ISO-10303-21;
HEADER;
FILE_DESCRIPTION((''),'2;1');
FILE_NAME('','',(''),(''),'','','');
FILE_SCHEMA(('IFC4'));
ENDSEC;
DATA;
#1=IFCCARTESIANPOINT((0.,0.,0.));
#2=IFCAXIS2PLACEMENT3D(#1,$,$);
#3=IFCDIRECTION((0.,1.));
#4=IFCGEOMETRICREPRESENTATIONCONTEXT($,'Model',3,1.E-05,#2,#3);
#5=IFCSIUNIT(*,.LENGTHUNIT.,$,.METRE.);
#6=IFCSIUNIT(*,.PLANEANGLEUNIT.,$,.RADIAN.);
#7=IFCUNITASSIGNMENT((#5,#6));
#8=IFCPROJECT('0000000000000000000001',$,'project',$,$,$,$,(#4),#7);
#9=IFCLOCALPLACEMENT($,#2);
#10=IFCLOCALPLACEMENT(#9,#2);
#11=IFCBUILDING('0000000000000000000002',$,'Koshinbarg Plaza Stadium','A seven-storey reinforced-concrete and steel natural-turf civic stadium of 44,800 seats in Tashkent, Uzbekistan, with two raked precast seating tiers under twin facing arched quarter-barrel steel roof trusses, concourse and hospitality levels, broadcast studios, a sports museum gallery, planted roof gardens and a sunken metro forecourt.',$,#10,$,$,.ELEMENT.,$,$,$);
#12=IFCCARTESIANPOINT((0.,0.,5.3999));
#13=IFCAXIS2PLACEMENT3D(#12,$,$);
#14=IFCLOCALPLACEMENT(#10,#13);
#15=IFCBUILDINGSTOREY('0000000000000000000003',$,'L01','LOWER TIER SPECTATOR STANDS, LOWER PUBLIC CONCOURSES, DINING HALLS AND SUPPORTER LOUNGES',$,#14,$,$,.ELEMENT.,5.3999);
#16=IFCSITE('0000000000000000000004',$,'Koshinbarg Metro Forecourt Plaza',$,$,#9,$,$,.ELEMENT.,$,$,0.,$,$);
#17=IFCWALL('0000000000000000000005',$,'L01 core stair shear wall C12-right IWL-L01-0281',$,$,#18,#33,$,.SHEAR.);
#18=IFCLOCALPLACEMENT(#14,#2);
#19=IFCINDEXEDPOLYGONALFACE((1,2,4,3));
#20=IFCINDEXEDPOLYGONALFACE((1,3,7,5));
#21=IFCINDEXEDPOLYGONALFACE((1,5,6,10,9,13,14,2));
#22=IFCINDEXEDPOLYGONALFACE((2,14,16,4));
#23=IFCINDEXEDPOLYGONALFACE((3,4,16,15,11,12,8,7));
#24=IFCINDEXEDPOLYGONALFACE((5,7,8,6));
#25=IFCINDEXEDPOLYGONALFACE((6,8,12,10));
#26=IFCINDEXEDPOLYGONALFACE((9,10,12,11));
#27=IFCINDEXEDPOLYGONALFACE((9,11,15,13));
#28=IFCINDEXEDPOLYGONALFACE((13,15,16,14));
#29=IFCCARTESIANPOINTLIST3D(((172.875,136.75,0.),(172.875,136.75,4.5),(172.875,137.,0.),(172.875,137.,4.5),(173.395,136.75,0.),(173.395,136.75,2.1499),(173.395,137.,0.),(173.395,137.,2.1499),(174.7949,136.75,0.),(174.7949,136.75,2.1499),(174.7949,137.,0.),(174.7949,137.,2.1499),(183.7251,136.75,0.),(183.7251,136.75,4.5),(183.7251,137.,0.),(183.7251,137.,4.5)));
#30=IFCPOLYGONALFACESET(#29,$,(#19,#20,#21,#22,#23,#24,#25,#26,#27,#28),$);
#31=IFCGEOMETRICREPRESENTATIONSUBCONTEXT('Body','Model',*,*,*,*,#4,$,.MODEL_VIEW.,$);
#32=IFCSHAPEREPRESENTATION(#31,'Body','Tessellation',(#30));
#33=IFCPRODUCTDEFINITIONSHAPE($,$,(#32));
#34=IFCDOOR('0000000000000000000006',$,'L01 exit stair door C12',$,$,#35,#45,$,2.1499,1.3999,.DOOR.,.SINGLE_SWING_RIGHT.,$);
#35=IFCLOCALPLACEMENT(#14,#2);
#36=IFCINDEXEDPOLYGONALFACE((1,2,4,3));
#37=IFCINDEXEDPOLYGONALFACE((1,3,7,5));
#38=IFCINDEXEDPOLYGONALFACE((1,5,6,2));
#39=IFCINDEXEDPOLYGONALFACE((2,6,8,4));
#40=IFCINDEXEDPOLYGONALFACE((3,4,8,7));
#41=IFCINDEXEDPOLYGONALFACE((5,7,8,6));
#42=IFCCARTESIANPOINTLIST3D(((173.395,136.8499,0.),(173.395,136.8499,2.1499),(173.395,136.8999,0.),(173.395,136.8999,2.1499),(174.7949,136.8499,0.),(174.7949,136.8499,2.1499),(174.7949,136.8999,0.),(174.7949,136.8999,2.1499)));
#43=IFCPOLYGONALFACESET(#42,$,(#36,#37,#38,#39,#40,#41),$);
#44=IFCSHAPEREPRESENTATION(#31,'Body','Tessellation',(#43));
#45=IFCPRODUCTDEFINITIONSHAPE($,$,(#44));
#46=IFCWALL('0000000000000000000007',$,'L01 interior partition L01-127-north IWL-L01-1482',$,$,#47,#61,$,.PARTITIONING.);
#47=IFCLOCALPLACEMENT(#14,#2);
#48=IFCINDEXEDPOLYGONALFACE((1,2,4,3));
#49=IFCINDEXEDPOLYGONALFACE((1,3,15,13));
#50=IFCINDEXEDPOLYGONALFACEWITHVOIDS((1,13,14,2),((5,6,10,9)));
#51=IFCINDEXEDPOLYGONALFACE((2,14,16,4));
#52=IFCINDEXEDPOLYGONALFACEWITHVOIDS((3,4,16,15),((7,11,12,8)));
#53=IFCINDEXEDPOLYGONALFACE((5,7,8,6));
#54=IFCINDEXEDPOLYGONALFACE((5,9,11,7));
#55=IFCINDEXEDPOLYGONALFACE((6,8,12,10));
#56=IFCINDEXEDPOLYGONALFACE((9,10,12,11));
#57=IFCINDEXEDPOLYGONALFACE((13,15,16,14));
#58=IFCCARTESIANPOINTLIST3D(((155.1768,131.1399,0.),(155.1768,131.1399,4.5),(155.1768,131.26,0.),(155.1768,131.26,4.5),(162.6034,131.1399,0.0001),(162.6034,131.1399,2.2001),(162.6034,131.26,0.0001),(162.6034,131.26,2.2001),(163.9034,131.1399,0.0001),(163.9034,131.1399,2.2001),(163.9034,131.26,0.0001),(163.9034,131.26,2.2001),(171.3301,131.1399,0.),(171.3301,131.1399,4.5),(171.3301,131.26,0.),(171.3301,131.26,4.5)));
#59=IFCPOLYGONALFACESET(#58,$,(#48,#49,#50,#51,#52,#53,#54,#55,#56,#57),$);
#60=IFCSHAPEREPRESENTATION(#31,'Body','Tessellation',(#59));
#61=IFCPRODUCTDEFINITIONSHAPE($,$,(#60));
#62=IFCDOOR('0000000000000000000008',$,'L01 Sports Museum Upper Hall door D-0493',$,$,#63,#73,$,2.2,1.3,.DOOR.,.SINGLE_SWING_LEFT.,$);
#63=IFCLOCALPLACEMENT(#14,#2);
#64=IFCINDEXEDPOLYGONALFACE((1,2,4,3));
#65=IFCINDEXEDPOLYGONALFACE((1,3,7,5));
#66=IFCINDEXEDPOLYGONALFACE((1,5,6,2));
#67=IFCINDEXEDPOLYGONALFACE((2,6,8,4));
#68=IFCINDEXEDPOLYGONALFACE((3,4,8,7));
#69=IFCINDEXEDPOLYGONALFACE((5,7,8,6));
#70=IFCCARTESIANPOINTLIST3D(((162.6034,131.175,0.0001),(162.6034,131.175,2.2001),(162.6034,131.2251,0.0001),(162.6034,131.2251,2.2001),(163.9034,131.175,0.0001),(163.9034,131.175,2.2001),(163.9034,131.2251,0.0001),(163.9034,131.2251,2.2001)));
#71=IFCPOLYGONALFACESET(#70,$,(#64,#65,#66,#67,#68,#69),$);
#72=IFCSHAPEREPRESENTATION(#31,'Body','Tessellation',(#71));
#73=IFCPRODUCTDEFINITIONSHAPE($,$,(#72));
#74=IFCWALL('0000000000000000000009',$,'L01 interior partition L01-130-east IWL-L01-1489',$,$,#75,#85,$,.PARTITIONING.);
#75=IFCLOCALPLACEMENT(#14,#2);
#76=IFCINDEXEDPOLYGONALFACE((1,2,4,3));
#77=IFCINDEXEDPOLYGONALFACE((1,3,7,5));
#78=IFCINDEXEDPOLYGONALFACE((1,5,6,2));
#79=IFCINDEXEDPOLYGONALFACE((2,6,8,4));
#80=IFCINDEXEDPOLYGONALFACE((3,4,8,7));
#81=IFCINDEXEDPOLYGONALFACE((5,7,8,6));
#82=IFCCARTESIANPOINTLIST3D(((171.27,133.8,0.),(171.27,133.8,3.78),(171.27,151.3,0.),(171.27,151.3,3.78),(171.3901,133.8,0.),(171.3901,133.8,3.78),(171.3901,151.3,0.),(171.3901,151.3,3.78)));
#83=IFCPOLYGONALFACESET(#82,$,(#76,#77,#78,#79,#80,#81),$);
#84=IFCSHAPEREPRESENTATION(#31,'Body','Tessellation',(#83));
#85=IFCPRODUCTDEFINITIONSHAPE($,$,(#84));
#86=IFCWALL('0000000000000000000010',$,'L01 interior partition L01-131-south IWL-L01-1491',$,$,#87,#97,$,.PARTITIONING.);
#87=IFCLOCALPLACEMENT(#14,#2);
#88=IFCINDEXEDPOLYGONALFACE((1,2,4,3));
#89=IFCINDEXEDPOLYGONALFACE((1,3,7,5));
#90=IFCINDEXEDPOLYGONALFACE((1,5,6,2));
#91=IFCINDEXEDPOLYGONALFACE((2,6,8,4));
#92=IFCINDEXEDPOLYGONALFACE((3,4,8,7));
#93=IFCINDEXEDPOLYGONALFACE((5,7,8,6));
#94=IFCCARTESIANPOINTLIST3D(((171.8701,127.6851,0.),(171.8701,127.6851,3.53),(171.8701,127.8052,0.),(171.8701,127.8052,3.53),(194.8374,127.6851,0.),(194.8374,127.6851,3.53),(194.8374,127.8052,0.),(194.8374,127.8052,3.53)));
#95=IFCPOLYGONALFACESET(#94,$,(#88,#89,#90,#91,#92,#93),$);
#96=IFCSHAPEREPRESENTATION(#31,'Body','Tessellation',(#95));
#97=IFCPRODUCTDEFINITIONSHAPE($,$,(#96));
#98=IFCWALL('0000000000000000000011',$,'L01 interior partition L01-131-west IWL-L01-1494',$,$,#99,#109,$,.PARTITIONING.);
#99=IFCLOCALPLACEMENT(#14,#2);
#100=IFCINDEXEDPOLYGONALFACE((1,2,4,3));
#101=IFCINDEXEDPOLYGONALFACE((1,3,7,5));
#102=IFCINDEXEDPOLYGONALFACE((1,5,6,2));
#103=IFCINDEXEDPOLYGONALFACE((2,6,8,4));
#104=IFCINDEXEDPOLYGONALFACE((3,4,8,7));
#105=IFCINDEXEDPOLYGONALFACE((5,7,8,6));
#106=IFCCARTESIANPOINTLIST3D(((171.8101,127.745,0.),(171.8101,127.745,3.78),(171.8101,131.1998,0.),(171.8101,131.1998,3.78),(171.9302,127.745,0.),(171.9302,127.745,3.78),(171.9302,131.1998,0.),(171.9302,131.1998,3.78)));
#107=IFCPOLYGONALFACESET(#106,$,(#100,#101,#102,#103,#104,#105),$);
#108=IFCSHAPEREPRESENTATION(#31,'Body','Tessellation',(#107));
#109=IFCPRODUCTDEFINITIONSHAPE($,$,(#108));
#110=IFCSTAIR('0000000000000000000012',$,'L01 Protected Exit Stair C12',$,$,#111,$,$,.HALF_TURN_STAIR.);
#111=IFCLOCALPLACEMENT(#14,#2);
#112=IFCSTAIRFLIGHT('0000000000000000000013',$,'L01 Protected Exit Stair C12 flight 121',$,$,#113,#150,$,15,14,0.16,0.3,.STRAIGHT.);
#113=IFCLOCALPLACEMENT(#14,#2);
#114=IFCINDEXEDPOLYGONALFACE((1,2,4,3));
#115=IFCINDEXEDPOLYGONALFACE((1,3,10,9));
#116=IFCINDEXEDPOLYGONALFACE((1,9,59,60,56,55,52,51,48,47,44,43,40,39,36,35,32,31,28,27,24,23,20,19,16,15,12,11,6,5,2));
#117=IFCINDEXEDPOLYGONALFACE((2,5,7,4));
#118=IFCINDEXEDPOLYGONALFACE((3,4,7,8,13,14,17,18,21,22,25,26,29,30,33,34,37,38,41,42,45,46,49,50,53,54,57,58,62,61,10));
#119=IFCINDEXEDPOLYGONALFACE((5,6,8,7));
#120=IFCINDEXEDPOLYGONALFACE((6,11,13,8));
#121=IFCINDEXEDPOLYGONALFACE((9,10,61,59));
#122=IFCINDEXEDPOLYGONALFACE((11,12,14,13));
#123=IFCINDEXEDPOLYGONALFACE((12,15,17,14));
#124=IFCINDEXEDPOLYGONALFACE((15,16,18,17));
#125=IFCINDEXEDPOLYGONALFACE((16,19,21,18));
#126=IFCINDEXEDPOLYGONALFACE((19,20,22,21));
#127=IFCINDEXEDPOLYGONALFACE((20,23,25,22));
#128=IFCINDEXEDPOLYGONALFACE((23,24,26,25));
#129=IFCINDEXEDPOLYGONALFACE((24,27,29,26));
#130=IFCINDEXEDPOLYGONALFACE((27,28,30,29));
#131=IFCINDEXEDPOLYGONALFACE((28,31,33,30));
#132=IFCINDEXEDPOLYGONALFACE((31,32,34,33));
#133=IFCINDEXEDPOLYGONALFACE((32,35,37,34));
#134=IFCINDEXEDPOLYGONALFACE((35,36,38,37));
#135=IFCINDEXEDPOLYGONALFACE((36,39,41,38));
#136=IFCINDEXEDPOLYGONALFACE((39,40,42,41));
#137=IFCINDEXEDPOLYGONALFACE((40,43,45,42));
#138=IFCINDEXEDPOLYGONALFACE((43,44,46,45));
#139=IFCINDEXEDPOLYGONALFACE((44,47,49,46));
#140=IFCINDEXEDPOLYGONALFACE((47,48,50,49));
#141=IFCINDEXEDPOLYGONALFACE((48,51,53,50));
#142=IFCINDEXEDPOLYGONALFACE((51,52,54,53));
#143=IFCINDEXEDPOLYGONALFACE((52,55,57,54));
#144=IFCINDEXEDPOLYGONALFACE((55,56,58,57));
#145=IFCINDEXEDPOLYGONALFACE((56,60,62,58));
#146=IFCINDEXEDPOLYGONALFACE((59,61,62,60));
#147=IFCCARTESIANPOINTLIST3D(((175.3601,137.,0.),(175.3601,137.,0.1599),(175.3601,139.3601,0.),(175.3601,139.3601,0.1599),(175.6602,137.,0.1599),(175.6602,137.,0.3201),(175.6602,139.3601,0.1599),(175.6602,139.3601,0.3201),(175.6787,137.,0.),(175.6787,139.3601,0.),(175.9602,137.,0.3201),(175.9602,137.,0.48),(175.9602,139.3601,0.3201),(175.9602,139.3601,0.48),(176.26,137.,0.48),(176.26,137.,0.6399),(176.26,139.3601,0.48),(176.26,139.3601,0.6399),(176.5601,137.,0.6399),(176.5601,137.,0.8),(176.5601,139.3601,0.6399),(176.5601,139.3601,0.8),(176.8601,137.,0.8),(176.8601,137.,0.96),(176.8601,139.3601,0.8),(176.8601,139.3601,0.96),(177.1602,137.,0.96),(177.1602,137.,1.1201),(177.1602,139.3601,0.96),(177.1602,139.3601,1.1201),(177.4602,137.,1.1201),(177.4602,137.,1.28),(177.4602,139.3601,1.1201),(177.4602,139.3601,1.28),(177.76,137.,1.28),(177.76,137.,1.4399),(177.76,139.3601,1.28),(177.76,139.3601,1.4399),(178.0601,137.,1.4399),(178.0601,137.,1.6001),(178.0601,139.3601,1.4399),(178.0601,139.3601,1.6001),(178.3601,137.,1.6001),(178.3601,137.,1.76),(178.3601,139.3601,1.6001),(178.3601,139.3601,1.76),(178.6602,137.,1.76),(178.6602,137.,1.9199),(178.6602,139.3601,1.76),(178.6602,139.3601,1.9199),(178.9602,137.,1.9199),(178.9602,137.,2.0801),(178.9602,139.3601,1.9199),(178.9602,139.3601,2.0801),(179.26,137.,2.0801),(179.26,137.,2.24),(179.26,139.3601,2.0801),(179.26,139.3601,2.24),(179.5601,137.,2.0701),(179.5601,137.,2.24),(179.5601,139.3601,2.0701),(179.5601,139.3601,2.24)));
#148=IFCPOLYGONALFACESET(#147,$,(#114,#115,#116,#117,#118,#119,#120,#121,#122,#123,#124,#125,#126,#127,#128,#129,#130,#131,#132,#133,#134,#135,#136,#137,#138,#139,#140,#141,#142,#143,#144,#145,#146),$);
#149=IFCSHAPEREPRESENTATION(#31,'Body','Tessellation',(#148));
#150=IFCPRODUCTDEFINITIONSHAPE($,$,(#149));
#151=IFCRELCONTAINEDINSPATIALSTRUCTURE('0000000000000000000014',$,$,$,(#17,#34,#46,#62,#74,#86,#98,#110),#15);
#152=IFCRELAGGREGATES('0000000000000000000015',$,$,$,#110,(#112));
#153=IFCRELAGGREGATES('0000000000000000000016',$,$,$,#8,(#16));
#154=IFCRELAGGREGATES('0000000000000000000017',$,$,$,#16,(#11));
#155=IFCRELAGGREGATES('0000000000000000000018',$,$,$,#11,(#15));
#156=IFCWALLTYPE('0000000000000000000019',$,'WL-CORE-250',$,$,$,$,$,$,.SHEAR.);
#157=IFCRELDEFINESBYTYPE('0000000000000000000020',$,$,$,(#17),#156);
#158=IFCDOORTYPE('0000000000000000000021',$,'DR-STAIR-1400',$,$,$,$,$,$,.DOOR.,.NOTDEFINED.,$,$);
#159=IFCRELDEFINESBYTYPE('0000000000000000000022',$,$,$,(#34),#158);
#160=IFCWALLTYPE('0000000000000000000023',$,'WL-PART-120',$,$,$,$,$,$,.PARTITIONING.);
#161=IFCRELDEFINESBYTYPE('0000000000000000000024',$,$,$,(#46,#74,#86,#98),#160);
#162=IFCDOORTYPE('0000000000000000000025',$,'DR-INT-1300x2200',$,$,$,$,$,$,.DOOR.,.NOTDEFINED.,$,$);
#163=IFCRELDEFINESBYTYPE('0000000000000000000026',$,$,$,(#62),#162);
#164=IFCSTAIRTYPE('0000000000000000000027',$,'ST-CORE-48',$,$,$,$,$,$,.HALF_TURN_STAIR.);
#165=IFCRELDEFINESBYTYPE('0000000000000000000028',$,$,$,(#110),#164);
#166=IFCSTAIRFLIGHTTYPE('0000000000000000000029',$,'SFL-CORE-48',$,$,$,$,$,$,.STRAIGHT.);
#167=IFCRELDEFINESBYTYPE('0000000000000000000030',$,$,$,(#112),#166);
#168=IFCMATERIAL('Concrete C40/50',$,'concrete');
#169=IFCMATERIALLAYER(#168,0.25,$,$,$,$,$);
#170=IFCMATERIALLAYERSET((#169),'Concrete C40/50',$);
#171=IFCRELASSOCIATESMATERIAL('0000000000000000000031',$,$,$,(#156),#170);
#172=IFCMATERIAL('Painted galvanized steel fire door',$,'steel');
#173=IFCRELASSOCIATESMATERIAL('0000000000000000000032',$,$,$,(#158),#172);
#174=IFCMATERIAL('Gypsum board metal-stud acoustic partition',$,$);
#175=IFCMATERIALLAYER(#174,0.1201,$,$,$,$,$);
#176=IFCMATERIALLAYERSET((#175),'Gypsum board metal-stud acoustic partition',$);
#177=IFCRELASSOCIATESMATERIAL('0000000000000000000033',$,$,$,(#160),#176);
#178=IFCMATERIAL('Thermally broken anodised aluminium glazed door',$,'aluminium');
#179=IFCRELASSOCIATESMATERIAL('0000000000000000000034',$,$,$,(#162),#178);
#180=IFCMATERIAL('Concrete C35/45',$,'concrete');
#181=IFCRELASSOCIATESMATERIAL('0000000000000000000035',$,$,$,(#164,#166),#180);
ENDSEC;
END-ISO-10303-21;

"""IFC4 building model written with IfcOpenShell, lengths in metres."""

from ifc_helpers import new_model, si_unit, direction, frame, frame_2d, origin, place, context, subcontext, project, spatial, polyline, rectangle, outline, extrude, material, layer, layer_set, type_object, element, fill, aggregate, save


model = new_model("IFC4")

# Units and contexts
model_context = context("Model", 3, precision=1e-05, world=origin(), true_north=direction((0.0, 1.0)))
body_context = subcontext(model_context, "Body", "Model", "MODEL_VIEW")
ifc_project = project(units=[si_unit("LENGTHUNIT", "METRE"), si_unit("PLANEANGLEUNIT", "RADIAN")], contexts=[model_context])

# Site, building, storey
site_placement = place(None, origin())
site = spatial("IfcSite", under=ifc_project, at=site_placement, Name="Koshinbarg Metro Forecourt Plaza", CompositionType="ELEMENT", RefElevation=0.0)
building_placement = place(site_placement, origin())
building = spatial("IfcBuilding", under=site, at=building_placement, Name="Koshinbarg Plaza Stadium", Description="A seven-storey reinforced-concrete and steel natural-turf civic stadium of 44,800 seats in Tashkent, Uzbekistan, with two raked precast seating tiers under twin facing arched quarter-barrel steel roof trusses, concourse and hospitality levels, broadcast studios, a sports museum gallery, planted roof gardens and a sunken metro forecourt.", CompositionType="ELEMENT")
storey_placement = place(building_placement, frame((0.0, 0.0, 5.3999)))
storey = spatial("IfcBuildingStorey", under=building, at=storey_placement, Name="L01", Description="LOWER TIER SPECTATOR STANDS, LOWER PUBLIC CONCOURSES, DINING HALLS AND SUPPORTER LOUNGES", CompositionType="ELEMENT", Elevation=5.3999)

# Shared definitions
ifc_material_1 = material(Name="Concrete C40/50", Category="concrete")

# Shared definitions
ifc_layer_1 = layer(ifc_material_1, 0.25)
ifc_layer_set_1 = layer_set([ifc_layer_1], Name="Concrete C40/50")
wall_type_1 = type_object("IfcWallType", Name="WL-CORE-250", PredefinedType="SHEAR", material=ifc_layer_set_1)

# Walls, openings, doors
wall_1_placement = place(storey_placement, frame((172.875, 136.875, 0.0), z_axis=(0.0, 0.0, 1.0), x_axis=(1.0, 0.0, 0.0)))
wall_1 = element("IfcWall", 1, at=wall_1_placement, inside=storey, type_object=wall_type_1, Name="L01 core stair shear wall C12-right IWL-L01-0281", PredefinedType="SHEAR", context=body_context, shape_type="SweptSolid", body=[
    extrude(rectangle(XDim=10.8501, YDim=0.25, at=frame_2d((5.425, 0.0))), origin(), (0.0, 0.0, 1.0), 4.5),
])
opening_1_placement = place(wall_1_placement, frame((0.52, 0.0, 0.0)))
opening_1 = element("IfcOpeningElement", 2, at=opening_1_placement, cuts=wall_1, PredefinedType="OPENING", context=body_context, shape_type="SweptSolid", body=[
    extrude(rectangle(XDim=1.3999, YDim=2.1499, at=frame_2d((0.7, 1.075))), frame((0.0, 0.135, 0.0), z_axis=(0.0, -1.0, 0.0), x_axis=(1.0, 0.0, 0.0)), (0.0, 0.0, 1.0), 0.27),
])
ifc_material_2 = material(Name="Painted galvanized steel fire door", Category="steel")
door_type_1 = type_object("IfcDoorType", Name="DR-STAIR-1400", OperationType="NOTDEFINED", PredefinedType="DOOR", material=ifc_material_2)
door_1_placement = place(opening_1_placement, origin())
door_1 = element("IfcDoor", 3, at=door_1_placement, inside=storey, type_object=door_type_1, Name="L01 exit stair door C12", OperationType="SINGLE_SWING_RIGHT", OverallHeight=2.1499, OverallWidth=1.3999, PredefinedType="DOOR", context=body_context, shape_type="SweptSolid", body=[
    extrude(rectangle(XDim=1.3999, YDim=2.1499, at=frame_2d((0.7, 1.075))), frame((0.0, 0.0249, 0.0), z_axis=(0.0, -1.0, 0.0), x_axis=(1.0, 0.0, 0.0)), (0.0, 0.0, 1.0), 0.05),
])
fill(opening_1, door_1)
ifc_material_3 = material(Name="Gypsum board metal-stud acoustic partition")
ifc_layer_2 = layer(ifc_material_3, 0.1201)
ifc_layer_set_2 = layer_set([ifc_layer_2], Name="Gypsum board metal-stud acoustic partition")
wall_type_2 = type_object("IfcWallType", Name="WL-PART-120", PredefinedType="PARTITIONING", material=ifc_layer_set_2)
wall_2_placement = place(storey_placement, frame((171.3301, 131.2, 0.0), z_axis=(0.0, 0.0, 1.0), x_axis=(-1.0, 0.0, 0.0)))
wall_2 = element("IfcWall", 4, at=wall_2_placement, inside=storey, type_object=wall_type_2, Name="L01 interior partition L01-127-north IWL-L01-1482", PredefinedType="PARTITIONING", context=body_context, shape_type="SweptSolid", body=[
    extrude(rectangle(XDim=16.1533, YDim=0.1201, at=frame_2d((8.0767, 0.0))), origin(), (0.0, 0.0, 1.0), 4.5),
])
opening_2_placement = place(wall_2_placement, frame((7.4268, 0.0, 0.0)))
opening_2 = element("IfcOpeningElement", 5, at=opening_2_placement, cuts=wall_2, PredefinedType="OPENING", context=body_context, shape_type="SweptSolid", body=[
    extrude(rectangle(XDim=1.3, YDim=2.2, at=frame_2d((0.6499, 1.1001))), frame((0.0, 0.0701, 0.0), z_axis=(0.0, -1.0, 0.0), x_axis=(1.0, 0.0, 0.0)), (0.0, 0.0, 1.0), 0.1401),
])
ifc_material_4 = material(Name="Thermally broken anodised aluminium glazed door", Category="aluminium")
door_type_2 = type_object("IfcDoorType", Name="DR-INT-1300x2200", OperationType="NOTDEFINED", PredefinedType="DOOR", material=ifc_material_4)
door_2_placement = place(opening_2_placement, origin())
door_2 = element("IfcDoor", 6, at=door_2_placement, inside=storey, type_object=door_type_2, Name="L01 Sports Museum Upper Hall door D-0493", OperationType="SINGLE_SWING_LEFT", OverallHeight=2.2, OverallWidth=1.3, PredefinedType="DOOR", context=body_context, shape_type="SweptSolid", body=[
    extrude(rectangle(XDim=1.3, YDim=2.2, at=frame_2d((0.6499, 1.1001))), frame((0.0, 0.0249, 0.0), z_axis=(0.0, -1.0, 0.0), x_axis=(1.0, 0.0, 0.0)), (0.0, 0.0, 1.0), 0.05),
])
fill(opening_2, door_2)

# Walls
wall_3_placement = place(storey_placement, frame((171.3301, 133.8, 0.0), z_axis=(0.0, 0.0, 1.0), x_axis=(0.0, 1.0, 0.0)))
element("IfcWall", 7, at=wall_3_placement, inside=storey, type_object=wall_type_2, Name="L01 interior partition L01-130-east IWL-L01-1489", PredefinedType="PARTITIONING", context=body_context, shape_type="SweptSolid", body=[
    extrude(rectangle(XDim=17.5, YDim=0.1201, at=frame_2d((8.75, 0.0))), origin(), (0.0, 0.0, 1.0), 3.78),
])
wall_4_placement = place(storey_placement, frame((171.8701, 127.7451, 0.0), z_axis=(0.0, 0.0, 1.0), x_axis=(1.0, 0.0, 0.0)))
element("IfcWall", 8, at=wall_4_placement, inside=storey, type_object=wall_type_2, Name="L01 interior partition L01-131-south IWL-L01-1491", PredefinedType="PARTITIONING", context=body_context, shape_type="SweptSolid", body=[
    extrude(rectangle(XDim=22.9673, YDim=0.1201, at=frame_2d((11.4836, 0.0))), origin(), (0.0, 0.0, 1.0), 3.53),
])
wall_5_placement = place(storey_placement, frame((171.8701, 131.2, 0.0), z_axis=(0.0, 0.0, 1.0), x_axis=(0.0, -1.0, 0.0)))
element("IfcWall", 9, at=wall_5_placement, inside=storey, type_object=wall_type_2, Name="L01 interior partition L01-131-west IWL-L01-1494", PredefinedType="PARTITIONING", context=body_context, shape_type="SweptSolid", body=[
    extrude(rectangle(XDim=3.4548, YDim=0.1201, at=frame_2d((1.7275, 0.0))), origin(), (0.0, 0.0, 1.0), 3.78),
])

# Stair, stair flight
ifc_material_5 = material(Name="Concrete C35/45", Category="concrete")
stair_type = type_object("IfcStairType", Name="ST-CORE-48", PredefinedType="HALF_TURN_STAIR", material=ifc_material_5)
stair_placement = place(storey_placement, origin())
stair = element("IfcStair", 10, at=stair_placement, inside=storey, type_object=stair_type, Name="L01 Protected Exit Stair C12", PredefinedType="HALF_TURN_STAIR")
stair_flight_type = type_object("IfcStairFlightType", Name="SFL-CORE-48", PredefinedType="STRAIGHT", material=ifc_material_5)
stair_flight_1_placement = place(storey_placement, frame((175.3601, 138.1799, 0.0), z_axis=(0.0, 0.0, 1.0), x_axis=(1.0, 0.0, 0.0)))
stair_flight_1 = element("IfcStairFlight", 11, at=stair_flight_1_placement, type_object=stair_flight_type, Name="L01 Protected Exit Stair C12 flight 121", NumberOfRisers=15, NumberOfTreads=14, PredefinedType="STRAIGHT", RiserHeight=0.16, TreadLength=0.3, context=body_context, shape_type="SweptSolid", body=[
    extrude(outline(polyline([(0.0, 0.0), (0.0, 0.1599), (0.3, 0.1599), (0.3, 0.3201), (0.6001, 0.3201), (0.6001, 0.48), (0.8999, 0.48), (0.8999, 0.6399), (1.2, 0.6399), (1.2, 0.8), (1.5, 0.8), (1.5, 0.96), (1.8, 0.96), (1.8, 1.1201), (2.1001, 1.1201), (2.1001, 1.28), (2.3999, 1.28), (2.3999, 1.4399), (2.7, 1.4399), (2.7, 1.6001), (3.0, 1.6001), (3.0, 1.76), (3.3, 1.76), (3.3, 1.9199), (3.6001, 1.9199), (3.6001, 2.0801), (3.8999, 2.0801), (3.8999, 2.24), (4.2, 2.24), (4.2, 2.3999), (4.2, 2.0701), (0.3186, 0.0), (0.0, 0.0)])), frame((0.0, 1.1802, 0.0), z_axis=(0.0, -1.0, 0.0), x_axis=(1.0, 0.0, 0.0)), (0.0, 0.0, 1.0), 2.3601),
])
aggregate(stair, [stair_flight_1])

save(model, "model.ifc")
